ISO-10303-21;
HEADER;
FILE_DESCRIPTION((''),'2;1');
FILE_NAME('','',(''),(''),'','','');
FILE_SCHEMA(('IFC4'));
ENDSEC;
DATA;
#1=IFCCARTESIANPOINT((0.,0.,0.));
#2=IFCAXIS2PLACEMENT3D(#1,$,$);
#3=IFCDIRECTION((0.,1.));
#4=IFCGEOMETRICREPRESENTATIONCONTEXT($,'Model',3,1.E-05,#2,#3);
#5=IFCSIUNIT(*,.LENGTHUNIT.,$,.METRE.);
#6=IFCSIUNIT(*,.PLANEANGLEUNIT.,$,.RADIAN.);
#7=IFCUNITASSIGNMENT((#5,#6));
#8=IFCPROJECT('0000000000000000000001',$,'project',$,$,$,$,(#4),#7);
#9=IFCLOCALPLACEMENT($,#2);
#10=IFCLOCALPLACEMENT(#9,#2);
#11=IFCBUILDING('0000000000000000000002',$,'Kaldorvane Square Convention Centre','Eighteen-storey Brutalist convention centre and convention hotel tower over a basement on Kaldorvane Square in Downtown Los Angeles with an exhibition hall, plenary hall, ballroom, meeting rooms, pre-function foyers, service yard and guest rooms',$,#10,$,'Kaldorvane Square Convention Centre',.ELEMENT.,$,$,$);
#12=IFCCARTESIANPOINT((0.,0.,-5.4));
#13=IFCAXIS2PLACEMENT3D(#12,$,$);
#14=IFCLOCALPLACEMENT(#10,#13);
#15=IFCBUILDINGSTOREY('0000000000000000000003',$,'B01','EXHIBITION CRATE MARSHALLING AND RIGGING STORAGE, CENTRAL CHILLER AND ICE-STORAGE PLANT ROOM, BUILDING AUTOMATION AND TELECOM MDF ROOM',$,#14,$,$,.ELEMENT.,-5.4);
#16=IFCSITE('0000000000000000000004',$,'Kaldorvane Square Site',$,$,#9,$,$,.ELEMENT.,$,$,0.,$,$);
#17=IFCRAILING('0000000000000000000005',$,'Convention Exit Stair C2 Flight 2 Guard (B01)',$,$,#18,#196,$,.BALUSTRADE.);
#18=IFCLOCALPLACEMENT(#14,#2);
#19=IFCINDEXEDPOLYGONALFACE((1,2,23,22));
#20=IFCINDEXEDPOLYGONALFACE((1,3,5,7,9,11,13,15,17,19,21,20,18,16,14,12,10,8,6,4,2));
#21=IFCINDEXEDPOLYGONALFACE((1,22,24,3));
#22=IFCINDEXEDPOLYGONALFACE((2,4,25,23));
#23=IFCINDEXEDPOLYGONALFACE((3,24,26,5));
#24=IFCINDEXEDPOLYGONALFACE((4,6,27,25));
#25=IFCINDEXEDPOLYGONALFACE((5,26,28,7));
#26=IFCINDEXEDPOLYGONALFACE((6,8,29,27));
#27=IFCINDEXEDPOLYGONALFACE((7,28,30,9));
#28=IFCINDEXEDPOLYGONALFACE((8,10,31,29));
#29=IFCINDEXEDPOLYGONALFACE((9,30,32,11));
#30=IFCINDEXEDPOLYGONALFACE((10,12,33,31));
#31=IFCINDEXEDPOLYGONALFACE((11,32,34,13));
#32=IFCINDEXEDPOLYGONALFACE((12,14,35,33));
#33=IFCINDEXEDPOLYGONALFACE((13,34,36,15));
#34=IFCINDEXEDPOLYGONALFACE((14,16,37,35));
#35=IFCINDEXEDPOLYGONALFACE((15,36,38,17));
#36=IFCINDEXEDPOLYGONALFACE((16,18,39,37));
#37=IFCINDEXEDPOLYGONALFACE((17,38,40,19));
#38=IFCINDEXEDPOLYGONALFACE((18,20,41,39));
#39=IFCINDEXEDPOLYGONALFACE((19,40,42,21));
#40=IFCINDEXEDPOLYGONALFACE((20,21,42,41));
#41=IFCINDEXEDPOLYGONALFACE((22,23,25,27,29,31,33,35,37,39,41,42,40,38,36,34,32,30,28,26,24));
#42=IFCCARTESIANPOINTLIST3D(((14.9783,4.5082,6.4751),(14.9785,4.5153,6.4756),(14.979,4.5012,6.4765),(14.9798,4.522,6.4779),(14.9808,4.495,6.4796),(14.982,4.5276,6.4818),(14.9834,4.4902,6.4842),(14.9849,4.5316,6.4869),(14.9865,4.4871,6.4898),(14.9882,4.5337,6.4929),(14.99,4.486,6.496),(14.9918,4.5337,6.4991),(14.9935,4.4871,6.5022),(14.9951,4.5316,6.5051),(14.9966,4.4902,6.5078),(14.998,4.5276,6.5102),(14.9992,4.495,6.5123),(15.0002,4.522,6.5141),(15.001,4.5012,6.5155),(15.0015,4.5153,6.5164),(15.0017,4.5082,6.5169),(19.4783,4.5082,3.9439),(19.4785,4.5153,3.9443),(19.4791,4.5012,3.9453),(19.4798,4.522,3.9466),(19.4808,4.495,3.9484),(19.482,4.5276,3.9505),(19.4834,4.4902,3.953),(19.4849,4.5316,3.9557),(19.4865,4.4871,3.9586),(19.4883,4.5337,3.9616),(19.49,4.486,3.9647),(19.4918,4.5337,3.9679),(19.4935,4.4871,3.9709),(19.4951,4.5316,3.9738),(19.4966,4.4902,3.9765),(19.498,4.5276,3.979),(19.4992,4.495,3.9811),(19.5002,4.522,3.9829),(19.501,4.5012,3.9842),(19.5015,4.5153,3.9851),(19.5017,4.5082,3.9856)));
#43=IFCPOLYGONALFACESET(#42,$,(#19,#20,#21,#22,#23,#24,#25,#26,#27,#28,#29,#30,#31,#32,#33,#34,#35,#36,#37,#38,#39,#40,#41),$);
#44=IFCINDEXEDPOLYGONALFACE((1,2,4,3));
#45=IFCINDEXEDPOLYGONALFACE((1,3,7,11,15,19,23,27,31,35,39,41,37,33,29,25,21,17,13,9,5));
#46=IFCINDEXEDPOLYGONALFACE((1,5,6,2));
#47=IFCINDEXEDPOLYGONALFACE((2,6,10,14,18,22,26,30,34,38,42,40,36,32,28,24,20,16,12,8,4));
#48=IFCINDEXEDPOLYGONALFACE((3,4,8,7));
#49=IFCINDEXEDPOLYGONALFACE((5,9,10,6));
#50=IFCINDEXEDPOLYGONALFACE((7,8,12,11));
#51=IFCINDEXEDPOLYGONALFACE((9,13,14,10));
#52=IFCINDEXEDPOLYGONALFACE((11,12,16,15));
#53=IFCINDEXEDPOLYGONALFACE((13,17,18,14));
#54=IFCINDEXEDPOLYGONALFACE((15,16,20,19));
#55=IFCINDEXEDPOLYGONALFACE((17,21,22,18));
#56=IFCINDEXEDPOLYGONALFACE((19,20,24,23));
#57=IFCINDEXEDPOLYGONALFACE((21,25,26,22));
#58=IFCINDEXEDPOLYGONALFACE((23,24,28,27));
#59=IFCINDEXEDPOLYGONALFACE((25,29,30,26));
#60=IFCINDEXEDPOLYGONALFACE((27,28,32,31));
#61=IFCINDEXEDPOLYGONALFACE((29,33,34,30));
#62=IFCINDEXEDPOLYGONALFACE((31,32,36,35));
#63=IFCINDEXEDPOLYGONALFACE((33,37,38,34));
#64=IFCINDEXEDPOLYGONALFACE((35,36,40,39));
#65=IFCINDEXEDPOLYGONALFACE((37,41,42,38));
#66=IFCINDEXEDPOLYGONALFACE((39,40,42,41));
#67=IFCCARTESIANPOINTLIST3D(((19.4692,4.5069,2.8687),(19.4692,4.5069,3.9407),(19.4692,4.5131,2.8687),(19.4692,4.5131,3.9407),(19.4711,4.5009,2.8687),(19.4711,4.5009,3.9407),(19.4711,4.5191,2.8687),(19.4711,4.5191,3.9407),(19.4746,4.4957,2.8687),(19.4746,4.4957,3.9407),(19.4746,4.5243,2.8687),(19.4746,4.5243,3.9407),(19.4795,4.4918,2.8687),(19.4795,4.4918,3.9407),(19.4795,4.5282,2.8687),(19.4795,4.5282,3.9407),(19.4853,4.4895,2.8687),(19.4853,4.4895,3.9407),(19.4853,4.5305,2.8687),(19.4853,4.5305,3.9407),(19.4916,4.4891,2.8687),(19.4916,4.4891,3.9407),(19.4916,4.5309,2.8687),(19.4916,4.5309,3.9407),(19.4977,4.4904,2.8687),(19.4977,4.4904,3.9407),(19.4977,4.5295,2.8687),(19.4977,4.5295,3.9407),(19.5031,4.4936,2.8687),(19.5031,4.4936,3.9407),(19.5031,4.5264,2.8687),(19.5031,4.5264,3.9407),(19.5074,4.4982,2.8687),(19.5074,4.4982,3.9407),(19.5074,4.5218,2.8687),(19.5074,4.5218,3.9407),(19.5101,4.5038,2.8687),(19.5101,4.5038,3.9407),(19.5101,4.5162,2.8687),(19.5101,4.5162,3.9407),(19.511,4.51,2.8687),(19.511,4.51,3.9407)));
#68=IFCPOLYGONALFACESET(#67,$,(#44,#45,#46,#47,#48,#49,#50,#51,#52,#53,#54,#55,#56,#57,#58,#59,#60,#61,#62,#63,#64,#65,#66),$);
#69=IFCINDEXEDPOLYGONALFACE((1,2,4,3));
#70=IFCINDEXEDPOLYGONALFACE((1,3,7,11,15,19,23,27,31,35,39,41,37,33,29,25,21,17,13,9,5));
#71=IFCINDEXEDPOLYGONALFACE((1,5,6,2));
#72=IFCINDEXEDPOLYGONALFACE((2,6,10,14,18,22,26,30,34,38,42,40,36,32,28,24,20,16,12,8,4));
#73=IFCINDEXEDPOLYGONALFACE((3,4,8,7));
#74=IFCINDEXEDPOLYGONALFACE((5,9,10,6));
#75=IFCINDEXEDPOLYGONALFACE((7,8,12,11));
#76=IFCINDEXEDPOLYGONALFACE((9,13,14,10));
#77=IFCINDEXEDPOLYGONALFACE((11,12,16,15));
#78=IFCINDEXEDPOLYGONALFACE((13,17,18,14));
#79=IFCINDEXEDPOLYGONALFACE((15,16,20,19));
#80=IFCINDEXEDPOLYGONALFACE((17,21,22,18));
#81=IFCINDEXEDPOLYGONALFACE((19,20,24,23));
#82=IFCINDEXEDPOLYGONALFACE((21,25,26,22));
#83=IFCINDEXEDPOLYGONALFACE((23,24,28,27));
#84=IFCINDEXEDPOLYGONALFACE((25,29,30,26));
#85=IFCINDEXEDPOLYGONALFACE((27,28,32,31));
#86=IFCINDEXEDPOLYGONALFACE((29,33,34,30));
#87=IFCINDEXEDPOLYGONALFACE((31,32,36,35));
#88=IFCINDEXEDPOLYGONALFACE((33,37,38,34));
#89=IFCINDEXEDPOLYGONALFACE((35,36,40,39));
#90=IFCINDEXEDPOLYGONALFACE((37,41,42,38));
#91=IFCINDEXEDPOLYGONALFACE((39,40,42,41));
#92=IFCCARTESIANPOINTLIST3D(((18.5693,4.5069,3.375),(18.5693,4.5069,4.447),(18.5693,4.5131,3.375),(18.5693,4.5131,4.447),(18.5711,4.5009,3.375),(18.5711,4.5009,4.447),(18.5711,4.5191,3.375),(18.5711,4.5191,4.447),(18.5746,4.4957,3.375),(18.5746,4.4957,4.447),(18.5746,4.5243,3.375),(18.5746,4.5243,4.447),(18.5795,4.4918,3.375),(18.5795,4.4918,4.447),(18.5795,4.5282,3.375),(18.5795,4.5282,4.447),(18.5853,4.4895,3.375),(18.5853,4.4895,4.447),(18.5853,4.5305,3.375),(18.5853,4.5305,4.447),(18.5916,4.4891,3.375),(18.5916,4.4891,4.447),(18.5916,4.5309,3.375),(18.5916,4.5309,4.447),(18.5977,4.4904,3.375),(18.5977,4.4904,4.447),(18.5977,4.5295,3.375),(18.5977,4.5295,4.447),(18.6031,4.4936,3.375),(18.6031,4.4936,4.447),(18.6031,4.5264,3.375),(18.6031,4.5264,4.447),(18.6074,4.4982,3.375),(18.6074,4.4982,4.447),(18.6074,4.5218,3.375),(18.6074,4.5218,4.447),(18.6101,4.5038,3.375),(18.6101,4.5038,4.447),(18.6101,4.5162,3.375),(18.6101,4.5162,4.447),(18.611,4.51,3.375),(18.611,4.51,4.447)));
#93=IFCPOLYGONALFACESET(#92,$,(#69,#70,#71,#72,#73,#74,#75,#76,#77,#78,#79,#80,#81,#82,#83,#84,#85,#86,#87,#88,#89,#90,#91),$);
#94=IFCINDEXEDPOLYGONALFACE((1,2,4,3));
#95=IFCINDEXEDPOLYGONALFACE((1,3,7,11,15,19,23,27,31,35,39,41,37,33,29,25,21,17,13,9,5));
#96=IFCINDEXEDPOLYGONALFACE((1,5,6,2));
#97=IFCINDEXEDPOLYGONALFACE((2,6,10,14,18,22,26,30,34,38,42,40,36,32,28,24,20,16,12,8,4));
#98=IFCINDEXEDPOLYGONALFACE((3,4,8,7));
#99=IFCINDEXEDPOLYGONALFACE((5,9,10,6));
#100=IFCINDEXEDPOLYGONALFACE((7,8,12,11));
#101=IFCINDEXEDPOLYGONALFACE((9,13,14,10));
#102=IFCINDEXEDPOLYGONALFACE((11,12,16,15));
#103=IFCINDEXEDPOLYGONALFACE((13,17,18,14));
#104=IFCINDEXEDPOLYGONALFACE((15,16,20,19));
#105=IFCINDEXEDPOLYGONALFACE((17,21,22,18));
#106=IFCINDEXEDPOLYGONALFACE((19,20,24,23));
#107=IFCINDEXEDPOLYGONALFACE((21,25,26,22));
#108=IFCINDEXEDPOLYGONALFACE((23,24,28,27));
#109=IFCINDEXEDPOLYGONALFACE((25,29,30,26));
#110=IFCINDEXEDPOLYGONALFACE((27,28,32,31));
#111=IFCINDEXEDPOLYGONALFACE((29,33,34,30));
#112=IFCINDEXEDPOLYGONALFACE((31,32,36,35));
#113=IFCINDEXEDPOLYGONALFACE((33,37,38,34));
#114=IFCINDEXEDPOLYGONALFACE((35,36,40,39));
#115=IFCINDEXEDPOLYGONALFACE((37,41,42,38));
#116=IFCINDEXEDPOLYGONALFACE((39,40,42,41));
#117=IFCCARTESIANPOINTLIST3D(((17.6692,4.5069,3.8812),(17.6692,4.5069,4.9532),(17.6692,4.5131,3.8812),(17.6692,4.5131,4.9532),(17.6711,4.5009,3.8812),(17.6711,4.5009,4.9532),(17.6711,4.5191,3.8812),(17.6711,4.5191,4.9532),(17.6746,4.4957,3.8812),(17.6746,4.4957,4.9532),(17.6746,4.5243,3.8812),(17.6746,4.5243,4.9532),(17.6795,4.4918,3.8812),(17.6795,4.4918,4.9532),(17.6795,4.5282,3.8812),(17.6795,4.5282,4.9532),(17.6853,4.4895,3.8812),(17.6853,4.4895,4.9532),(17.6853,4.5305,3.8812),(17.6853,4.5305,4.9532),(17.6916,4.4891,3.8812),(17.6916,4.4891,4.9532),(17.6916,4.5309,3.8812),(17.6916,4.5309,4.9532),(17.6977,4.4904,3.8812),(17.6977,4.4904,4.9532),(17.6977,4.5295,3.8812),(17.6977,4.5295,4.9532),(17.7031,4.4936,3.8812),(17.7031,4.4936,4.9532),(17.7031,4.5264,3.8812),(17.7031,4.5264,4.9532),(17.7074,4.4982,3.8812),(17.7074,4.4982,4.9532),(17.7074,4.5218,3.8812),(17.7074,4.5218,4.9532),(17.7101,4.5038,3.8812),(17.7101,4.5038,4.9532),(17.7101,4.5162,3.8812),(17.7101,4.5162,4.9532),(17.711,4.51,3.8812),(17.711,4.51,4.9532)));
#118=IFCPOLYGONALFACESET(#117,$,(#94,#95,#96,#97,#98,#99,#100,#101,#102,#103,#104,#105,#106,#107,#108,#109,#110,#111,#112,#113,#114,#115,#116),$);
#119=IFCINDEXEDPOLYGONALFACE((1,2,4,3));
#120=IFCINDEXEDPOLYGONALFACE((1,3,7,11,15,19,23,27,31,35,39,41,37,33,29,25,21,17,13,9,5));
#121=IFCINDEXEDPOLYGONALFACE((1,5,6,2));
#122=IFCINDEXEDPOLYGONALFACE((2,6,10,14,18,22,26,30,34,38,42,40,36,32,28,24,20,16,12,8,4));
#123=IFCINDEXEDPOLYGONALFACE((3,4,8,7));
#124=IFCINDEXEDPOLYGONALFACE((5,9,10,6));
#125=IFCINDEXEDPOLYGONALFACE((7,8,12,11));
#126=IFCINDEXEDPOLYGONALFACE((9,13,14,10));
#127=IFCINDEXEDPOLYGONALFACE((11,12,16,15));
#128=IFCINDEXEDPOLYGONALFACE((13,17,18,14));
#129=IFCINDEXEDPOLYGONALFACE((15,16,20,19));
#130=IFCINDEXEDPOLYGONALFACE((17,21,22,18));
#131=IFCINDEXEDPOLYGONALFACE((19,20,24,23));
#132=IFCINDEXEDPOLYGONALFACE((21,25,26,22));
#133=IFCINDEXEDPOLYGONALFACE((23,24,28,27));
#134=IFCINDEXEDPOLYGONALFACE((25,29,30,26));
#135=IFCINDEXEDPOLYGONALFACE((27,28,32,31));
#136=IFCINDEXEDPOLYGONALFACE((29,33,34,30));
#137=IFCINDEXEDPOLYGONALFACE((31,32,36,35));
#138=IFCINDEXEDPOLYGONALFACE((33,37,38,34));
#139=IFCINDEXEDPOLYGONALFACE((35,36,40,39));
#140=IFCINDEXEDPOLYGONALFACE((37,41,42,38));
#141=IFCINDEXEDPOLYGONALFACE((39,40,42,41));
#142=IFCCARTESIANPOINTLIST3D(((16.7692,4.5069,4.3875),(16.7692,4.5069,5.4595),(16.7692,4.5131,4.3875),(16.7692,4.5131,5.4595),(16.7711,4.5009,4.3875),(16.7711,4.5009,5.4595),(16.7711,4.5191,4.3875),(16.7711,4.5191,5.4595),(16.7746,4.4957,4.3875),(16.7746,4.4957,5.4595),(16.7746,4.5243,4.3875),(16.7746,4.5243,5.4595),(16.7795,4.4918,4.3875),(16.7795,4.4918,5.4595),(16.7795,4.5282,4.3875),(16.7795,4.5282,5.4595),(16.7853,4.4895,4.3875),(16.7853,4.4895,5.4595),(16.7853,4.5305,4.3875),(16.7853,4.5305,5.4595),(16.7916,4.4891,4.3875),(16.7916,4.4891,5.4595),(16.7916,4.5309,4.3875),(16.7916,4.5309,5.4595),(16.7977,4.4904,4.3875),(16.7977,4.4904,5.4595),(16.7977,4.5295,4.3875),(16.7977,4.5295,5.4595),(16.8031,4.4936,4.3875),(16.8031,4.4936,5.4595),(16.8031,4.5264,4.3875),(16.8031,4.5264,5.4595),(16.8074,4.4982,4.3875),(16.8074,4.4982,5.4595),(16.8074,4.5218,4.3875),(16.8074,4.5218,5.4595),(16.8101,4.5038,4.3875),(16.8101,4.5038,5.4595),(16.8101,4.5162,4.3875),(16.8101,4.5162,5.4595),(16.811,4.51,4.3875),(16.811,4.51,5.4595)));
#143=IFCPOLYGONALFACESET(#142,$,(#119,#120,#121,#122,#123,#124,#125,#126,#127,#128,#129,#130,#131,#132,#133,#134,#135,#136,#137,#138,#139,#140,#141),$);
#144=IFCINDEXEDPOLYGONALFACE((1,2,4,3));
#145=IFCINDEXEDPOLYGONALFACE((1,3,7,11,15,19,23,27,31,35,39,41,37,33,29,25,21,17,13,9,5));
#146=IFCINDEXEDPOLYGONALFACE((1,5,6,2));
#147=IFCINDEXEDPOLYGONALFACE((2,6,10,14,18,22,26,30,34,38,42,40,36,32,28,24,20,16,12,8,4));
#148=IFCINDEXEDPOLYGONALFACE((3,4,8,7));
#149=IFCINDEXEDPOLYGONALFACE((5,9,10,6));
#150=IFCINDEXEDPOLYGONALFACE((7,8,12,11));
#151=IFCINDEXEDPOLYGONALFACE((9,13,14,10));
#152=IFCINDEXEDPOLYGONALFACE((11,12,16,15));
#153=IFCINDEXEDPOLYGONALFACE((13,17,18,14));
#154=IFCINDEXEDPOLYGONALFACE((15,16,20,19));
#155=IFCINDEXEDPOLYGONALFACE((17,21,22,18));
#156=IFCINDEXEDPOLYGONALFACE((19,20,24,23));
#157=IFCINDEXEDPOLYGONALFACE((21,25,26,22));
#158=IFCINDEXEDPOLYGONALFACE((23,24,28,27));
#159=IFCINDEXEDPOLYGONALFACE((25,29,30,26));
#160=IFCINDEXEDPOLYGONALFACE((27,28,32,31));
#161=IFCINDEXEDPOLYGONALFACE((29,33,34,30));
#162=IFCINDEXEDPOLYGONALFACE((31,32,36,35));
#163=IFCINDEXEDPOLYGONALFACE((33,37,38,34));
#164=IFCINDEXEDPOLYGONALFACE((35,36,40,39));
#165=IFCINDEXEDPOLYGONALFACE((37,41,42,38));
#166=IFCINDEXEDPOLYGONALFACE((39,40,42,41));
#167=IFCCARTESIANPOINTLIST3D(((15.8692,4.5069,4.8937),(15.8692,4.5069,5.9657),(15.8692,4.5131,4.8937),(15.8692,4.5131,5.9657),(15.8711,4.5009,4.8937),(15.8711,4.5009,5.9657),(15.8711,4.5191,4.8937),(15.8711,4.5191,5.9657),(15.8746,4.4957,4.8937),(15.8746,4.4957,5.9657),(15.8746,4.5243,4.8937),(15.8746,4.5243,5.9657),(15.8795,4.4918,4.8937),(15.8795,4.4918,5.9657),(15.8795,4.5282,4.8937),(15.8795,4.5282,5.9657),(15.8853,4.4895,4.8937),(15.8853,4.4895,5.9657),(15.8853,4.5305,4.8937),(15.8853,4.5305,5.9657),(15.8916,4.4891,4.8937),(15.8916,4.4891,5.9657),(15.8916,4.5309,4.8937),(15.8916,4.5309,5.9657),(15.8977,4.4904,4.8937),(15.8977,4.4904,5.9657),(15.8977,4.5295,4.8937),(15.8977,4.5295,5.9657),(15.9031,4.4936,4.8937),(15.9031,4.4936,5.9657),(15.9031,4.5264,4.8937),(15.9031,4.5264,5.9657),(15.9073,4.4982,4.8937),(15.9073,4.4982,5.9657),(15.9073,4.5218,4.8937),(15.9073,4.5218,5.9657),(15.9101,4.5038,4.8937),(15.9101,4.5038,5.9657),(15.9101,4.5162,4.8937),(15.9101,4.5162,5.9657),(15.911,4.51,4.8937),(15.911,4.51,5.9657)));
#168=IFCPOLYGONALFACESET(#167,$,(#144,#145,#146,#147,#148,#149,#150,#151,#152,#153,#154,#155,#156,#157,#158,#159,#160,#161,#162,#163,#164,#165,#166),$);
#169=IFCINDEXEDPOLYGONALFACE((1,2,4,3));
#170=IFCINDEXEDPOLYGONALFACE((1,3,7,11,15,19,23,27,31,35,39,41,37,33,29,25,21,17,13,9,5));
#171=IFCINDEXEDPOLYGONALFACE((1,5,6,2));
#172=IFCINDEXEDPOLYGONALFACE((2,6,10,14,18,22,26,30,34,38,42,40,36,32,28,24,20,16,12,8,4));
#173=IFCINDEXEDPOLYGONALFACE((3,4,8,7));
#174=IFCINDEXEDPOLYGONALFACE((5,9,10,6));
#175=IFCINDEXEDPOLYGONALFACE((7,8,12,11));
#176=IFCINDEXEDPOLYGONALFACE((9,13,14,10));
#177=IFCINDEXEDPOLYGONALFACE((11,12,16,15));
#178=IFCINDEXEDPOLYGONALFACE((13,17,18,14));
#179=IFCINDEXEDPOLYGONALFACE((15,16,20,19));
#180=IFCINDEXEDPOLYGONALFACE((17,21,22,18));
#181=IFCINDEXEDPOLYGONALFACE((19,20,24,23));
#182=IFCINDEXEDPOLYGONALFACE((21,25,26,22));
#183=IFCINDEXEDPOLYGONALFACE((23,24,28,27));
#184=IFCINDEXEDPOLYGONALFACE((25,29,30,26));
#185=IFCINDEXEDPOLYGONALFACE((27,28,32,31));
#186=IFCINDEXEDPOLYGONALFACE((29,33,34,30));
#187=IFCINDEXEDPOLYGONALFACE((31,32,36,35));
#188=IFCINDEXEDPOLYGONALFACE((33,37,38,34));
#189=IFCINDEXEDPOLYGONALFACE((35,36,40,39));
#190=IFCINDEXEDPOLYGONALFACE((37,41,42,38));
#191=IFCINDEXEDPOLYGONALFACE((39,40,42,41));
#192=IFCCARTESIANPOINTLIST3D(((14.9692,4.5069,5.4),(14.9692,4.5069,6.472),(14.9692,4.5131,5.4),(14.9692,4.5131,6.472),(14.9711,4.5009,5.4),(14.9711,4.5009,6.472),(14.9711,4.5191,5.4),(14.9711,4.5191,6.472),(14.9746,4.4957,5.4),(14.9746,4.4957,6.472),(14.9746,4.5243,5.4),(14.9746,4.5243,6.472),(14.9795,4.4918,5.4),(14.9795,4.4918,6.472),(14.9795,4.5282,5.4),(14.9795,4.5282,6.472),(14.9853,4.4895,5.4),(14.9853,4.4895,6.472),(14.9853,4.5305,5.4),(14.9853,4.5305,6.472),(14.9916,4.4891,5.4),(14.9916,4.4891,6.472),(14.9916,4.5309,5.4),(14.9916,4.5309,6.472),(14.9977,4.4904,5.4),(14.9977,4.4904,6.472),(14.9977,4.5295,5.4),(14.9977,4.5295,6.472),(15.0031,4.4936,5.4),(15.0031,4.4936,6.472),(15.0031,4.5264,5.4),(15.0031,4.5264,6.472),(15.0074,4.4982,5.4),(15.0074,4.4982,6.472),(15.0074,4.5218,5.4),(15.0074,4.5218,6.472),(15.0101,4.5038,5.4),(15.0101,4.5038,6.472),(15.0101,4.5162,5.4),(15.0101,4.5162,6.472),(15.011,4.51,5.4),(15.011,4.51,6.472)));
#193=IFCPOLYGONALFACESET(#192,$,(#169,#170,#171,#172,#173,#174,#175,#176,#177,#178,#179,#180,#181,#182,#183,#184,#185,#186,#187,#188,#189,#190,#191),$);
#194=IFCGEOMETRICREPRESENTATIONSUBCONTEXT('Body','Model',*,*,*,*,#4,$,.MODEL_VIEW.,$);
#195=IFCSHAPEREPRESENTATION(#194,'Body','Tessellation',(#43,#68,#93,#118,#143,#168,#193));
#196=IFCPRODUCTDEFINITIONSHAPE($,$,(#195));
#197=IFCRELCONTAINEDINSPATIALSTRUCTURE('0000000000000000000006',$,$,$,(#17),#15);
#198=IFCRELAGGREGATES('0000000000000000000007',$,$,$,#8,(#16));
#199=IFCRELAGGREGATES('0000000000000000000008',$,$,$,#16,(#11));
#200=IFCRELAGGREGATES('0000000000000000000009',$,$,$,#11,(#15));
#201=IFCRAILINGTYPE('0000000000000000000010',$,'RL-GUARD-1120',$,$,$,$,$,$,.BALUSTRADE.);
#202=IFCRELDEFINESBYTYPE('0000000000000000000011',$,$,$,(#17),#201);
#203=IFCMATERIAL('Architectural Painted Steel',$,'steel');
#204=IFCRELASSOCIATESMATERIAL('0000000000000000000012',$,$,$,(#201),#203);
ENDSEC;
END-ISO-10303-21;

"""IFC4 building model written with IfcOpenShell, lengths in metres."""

from ifc_helpers import new_model, si_unit, direction, frame, origin, origin_2d, place, context, subcontext, project, spatial, circle, extrude, material, type_object, element, save


model = new_model("IFC4")

# Units and contexts
model_context = context("Model", 3, precision=1e-05, world=origin(), true_north=direction((0.0, 1.0)))
body_context = subcontext(model_context, "Body", "Model", "MODEL_VIEW")
ifc_project = project(units=[si_unit("LENGTHUNIT", "METRE"), si_unit("PLANEANGLEUNIT", "RADIAN")], contexts=[model_context])

# Site, building, storey
site_placement = place(None, origin())
site = spatial("IfcSite", under=ifc_project, at=site_placement, Name="Kaldorvane Square Site", CompositionType="ELEMENT", RefElevation=0.0)
building_placement = place(site_placement, origin())
building = spatial("IfcBuilding", under=site, at=building_placement, Name="Kaldorvane Square Convention Centre", Description="Eighteen-storey Brutalist convention centre and convention hotel tower over a basement on Kaldorvane Square in Downtown Los Angeles with an exhibition hall, plenary hall, ballroom, meeting rooms, pre-function foyers, service yard and guest rooms", LongName="Kaldorvane Square Convention Centre", CompositionType="ELEMENT")
storey_placement = place(building_placement, frame((0.0, 0.0, -5.4)))
storey = spatial("IfcBuildingStorey", under=building, at=storey_placement, Name="B01", Description="EXHIBITION CRATE MARSHALLING AND RIGGING STORAGE, CENTRAL CHILLER AND ICE-STORAGE PLANT ROOM, BUILDING AUTOMATION AND TELECOM MDF ROOM", CompositionType="ELEMENT", Elevation=-5.4)

# Railing
ifc_material_1 = material(Name="Architectural Painted Steel", Category="steel")
railing_type_1 = type_object("IfcRailingType", Name="RL-GUARD-1120", PredefinedType="BALUSTRADE", material=ifc_material_1)
railing_1_placement = place(storey_placement, frame((19.49, 4.51, 2.8687)))
element("IfcRailing", 1, at=railing_1_placement, inside=storey, type_object=railing_type_1, Name="Convention Exit Stair C2 Flight 2 Guard (B01)", PredefinedType="BALUSTRADE", context=body_context, shape_type="SweptSolid", body=[
    extrude(circle(Radius=0.024, at=origin_2d()), frame((0.0, 0.0, 1.096), z_axis=(-0.871576, 0.0, 0.490261), x_axis=(0.0, -1.0, 0.0)), (0.0, 0.0, 1.0), 5.1631),
    extrude(circle(Radius=0.021, at=origin_2d()), origin(), (0.0, 0.0, 1.0), 1.072),
    extrude(circle(Radius=0.021, at=origin_2d()), frame((-0.9, 0.0, 0.5063)), (0.0, 0.0, 1.0), 1.072),
    extrude(circle(Radius=0.021, at=origin_2d()), frame((-1.8, 0.0, 1.0125)), (0.0, 0.0, 1.0), 1.072),
    extrude(circle(Radius=0.021, at=origin_2d()), frame((-2.7, 0.0, 1.5188)), (0.0, 0.0, 1.0), 1.072),
    extrude(circle(Radius=0.021, at=origin_2d()), frame((-3.6, 0.0, 2.025)), (0.0, 0.0, 1.0), 1.072),
    extrude(circle(Radius=0.021, at=origin_2d()), frame((-4.5, 0.0, 2.5312)), (0.0, 0.0, 1.0), 1.072),
])

save(model, "model.ifc")
